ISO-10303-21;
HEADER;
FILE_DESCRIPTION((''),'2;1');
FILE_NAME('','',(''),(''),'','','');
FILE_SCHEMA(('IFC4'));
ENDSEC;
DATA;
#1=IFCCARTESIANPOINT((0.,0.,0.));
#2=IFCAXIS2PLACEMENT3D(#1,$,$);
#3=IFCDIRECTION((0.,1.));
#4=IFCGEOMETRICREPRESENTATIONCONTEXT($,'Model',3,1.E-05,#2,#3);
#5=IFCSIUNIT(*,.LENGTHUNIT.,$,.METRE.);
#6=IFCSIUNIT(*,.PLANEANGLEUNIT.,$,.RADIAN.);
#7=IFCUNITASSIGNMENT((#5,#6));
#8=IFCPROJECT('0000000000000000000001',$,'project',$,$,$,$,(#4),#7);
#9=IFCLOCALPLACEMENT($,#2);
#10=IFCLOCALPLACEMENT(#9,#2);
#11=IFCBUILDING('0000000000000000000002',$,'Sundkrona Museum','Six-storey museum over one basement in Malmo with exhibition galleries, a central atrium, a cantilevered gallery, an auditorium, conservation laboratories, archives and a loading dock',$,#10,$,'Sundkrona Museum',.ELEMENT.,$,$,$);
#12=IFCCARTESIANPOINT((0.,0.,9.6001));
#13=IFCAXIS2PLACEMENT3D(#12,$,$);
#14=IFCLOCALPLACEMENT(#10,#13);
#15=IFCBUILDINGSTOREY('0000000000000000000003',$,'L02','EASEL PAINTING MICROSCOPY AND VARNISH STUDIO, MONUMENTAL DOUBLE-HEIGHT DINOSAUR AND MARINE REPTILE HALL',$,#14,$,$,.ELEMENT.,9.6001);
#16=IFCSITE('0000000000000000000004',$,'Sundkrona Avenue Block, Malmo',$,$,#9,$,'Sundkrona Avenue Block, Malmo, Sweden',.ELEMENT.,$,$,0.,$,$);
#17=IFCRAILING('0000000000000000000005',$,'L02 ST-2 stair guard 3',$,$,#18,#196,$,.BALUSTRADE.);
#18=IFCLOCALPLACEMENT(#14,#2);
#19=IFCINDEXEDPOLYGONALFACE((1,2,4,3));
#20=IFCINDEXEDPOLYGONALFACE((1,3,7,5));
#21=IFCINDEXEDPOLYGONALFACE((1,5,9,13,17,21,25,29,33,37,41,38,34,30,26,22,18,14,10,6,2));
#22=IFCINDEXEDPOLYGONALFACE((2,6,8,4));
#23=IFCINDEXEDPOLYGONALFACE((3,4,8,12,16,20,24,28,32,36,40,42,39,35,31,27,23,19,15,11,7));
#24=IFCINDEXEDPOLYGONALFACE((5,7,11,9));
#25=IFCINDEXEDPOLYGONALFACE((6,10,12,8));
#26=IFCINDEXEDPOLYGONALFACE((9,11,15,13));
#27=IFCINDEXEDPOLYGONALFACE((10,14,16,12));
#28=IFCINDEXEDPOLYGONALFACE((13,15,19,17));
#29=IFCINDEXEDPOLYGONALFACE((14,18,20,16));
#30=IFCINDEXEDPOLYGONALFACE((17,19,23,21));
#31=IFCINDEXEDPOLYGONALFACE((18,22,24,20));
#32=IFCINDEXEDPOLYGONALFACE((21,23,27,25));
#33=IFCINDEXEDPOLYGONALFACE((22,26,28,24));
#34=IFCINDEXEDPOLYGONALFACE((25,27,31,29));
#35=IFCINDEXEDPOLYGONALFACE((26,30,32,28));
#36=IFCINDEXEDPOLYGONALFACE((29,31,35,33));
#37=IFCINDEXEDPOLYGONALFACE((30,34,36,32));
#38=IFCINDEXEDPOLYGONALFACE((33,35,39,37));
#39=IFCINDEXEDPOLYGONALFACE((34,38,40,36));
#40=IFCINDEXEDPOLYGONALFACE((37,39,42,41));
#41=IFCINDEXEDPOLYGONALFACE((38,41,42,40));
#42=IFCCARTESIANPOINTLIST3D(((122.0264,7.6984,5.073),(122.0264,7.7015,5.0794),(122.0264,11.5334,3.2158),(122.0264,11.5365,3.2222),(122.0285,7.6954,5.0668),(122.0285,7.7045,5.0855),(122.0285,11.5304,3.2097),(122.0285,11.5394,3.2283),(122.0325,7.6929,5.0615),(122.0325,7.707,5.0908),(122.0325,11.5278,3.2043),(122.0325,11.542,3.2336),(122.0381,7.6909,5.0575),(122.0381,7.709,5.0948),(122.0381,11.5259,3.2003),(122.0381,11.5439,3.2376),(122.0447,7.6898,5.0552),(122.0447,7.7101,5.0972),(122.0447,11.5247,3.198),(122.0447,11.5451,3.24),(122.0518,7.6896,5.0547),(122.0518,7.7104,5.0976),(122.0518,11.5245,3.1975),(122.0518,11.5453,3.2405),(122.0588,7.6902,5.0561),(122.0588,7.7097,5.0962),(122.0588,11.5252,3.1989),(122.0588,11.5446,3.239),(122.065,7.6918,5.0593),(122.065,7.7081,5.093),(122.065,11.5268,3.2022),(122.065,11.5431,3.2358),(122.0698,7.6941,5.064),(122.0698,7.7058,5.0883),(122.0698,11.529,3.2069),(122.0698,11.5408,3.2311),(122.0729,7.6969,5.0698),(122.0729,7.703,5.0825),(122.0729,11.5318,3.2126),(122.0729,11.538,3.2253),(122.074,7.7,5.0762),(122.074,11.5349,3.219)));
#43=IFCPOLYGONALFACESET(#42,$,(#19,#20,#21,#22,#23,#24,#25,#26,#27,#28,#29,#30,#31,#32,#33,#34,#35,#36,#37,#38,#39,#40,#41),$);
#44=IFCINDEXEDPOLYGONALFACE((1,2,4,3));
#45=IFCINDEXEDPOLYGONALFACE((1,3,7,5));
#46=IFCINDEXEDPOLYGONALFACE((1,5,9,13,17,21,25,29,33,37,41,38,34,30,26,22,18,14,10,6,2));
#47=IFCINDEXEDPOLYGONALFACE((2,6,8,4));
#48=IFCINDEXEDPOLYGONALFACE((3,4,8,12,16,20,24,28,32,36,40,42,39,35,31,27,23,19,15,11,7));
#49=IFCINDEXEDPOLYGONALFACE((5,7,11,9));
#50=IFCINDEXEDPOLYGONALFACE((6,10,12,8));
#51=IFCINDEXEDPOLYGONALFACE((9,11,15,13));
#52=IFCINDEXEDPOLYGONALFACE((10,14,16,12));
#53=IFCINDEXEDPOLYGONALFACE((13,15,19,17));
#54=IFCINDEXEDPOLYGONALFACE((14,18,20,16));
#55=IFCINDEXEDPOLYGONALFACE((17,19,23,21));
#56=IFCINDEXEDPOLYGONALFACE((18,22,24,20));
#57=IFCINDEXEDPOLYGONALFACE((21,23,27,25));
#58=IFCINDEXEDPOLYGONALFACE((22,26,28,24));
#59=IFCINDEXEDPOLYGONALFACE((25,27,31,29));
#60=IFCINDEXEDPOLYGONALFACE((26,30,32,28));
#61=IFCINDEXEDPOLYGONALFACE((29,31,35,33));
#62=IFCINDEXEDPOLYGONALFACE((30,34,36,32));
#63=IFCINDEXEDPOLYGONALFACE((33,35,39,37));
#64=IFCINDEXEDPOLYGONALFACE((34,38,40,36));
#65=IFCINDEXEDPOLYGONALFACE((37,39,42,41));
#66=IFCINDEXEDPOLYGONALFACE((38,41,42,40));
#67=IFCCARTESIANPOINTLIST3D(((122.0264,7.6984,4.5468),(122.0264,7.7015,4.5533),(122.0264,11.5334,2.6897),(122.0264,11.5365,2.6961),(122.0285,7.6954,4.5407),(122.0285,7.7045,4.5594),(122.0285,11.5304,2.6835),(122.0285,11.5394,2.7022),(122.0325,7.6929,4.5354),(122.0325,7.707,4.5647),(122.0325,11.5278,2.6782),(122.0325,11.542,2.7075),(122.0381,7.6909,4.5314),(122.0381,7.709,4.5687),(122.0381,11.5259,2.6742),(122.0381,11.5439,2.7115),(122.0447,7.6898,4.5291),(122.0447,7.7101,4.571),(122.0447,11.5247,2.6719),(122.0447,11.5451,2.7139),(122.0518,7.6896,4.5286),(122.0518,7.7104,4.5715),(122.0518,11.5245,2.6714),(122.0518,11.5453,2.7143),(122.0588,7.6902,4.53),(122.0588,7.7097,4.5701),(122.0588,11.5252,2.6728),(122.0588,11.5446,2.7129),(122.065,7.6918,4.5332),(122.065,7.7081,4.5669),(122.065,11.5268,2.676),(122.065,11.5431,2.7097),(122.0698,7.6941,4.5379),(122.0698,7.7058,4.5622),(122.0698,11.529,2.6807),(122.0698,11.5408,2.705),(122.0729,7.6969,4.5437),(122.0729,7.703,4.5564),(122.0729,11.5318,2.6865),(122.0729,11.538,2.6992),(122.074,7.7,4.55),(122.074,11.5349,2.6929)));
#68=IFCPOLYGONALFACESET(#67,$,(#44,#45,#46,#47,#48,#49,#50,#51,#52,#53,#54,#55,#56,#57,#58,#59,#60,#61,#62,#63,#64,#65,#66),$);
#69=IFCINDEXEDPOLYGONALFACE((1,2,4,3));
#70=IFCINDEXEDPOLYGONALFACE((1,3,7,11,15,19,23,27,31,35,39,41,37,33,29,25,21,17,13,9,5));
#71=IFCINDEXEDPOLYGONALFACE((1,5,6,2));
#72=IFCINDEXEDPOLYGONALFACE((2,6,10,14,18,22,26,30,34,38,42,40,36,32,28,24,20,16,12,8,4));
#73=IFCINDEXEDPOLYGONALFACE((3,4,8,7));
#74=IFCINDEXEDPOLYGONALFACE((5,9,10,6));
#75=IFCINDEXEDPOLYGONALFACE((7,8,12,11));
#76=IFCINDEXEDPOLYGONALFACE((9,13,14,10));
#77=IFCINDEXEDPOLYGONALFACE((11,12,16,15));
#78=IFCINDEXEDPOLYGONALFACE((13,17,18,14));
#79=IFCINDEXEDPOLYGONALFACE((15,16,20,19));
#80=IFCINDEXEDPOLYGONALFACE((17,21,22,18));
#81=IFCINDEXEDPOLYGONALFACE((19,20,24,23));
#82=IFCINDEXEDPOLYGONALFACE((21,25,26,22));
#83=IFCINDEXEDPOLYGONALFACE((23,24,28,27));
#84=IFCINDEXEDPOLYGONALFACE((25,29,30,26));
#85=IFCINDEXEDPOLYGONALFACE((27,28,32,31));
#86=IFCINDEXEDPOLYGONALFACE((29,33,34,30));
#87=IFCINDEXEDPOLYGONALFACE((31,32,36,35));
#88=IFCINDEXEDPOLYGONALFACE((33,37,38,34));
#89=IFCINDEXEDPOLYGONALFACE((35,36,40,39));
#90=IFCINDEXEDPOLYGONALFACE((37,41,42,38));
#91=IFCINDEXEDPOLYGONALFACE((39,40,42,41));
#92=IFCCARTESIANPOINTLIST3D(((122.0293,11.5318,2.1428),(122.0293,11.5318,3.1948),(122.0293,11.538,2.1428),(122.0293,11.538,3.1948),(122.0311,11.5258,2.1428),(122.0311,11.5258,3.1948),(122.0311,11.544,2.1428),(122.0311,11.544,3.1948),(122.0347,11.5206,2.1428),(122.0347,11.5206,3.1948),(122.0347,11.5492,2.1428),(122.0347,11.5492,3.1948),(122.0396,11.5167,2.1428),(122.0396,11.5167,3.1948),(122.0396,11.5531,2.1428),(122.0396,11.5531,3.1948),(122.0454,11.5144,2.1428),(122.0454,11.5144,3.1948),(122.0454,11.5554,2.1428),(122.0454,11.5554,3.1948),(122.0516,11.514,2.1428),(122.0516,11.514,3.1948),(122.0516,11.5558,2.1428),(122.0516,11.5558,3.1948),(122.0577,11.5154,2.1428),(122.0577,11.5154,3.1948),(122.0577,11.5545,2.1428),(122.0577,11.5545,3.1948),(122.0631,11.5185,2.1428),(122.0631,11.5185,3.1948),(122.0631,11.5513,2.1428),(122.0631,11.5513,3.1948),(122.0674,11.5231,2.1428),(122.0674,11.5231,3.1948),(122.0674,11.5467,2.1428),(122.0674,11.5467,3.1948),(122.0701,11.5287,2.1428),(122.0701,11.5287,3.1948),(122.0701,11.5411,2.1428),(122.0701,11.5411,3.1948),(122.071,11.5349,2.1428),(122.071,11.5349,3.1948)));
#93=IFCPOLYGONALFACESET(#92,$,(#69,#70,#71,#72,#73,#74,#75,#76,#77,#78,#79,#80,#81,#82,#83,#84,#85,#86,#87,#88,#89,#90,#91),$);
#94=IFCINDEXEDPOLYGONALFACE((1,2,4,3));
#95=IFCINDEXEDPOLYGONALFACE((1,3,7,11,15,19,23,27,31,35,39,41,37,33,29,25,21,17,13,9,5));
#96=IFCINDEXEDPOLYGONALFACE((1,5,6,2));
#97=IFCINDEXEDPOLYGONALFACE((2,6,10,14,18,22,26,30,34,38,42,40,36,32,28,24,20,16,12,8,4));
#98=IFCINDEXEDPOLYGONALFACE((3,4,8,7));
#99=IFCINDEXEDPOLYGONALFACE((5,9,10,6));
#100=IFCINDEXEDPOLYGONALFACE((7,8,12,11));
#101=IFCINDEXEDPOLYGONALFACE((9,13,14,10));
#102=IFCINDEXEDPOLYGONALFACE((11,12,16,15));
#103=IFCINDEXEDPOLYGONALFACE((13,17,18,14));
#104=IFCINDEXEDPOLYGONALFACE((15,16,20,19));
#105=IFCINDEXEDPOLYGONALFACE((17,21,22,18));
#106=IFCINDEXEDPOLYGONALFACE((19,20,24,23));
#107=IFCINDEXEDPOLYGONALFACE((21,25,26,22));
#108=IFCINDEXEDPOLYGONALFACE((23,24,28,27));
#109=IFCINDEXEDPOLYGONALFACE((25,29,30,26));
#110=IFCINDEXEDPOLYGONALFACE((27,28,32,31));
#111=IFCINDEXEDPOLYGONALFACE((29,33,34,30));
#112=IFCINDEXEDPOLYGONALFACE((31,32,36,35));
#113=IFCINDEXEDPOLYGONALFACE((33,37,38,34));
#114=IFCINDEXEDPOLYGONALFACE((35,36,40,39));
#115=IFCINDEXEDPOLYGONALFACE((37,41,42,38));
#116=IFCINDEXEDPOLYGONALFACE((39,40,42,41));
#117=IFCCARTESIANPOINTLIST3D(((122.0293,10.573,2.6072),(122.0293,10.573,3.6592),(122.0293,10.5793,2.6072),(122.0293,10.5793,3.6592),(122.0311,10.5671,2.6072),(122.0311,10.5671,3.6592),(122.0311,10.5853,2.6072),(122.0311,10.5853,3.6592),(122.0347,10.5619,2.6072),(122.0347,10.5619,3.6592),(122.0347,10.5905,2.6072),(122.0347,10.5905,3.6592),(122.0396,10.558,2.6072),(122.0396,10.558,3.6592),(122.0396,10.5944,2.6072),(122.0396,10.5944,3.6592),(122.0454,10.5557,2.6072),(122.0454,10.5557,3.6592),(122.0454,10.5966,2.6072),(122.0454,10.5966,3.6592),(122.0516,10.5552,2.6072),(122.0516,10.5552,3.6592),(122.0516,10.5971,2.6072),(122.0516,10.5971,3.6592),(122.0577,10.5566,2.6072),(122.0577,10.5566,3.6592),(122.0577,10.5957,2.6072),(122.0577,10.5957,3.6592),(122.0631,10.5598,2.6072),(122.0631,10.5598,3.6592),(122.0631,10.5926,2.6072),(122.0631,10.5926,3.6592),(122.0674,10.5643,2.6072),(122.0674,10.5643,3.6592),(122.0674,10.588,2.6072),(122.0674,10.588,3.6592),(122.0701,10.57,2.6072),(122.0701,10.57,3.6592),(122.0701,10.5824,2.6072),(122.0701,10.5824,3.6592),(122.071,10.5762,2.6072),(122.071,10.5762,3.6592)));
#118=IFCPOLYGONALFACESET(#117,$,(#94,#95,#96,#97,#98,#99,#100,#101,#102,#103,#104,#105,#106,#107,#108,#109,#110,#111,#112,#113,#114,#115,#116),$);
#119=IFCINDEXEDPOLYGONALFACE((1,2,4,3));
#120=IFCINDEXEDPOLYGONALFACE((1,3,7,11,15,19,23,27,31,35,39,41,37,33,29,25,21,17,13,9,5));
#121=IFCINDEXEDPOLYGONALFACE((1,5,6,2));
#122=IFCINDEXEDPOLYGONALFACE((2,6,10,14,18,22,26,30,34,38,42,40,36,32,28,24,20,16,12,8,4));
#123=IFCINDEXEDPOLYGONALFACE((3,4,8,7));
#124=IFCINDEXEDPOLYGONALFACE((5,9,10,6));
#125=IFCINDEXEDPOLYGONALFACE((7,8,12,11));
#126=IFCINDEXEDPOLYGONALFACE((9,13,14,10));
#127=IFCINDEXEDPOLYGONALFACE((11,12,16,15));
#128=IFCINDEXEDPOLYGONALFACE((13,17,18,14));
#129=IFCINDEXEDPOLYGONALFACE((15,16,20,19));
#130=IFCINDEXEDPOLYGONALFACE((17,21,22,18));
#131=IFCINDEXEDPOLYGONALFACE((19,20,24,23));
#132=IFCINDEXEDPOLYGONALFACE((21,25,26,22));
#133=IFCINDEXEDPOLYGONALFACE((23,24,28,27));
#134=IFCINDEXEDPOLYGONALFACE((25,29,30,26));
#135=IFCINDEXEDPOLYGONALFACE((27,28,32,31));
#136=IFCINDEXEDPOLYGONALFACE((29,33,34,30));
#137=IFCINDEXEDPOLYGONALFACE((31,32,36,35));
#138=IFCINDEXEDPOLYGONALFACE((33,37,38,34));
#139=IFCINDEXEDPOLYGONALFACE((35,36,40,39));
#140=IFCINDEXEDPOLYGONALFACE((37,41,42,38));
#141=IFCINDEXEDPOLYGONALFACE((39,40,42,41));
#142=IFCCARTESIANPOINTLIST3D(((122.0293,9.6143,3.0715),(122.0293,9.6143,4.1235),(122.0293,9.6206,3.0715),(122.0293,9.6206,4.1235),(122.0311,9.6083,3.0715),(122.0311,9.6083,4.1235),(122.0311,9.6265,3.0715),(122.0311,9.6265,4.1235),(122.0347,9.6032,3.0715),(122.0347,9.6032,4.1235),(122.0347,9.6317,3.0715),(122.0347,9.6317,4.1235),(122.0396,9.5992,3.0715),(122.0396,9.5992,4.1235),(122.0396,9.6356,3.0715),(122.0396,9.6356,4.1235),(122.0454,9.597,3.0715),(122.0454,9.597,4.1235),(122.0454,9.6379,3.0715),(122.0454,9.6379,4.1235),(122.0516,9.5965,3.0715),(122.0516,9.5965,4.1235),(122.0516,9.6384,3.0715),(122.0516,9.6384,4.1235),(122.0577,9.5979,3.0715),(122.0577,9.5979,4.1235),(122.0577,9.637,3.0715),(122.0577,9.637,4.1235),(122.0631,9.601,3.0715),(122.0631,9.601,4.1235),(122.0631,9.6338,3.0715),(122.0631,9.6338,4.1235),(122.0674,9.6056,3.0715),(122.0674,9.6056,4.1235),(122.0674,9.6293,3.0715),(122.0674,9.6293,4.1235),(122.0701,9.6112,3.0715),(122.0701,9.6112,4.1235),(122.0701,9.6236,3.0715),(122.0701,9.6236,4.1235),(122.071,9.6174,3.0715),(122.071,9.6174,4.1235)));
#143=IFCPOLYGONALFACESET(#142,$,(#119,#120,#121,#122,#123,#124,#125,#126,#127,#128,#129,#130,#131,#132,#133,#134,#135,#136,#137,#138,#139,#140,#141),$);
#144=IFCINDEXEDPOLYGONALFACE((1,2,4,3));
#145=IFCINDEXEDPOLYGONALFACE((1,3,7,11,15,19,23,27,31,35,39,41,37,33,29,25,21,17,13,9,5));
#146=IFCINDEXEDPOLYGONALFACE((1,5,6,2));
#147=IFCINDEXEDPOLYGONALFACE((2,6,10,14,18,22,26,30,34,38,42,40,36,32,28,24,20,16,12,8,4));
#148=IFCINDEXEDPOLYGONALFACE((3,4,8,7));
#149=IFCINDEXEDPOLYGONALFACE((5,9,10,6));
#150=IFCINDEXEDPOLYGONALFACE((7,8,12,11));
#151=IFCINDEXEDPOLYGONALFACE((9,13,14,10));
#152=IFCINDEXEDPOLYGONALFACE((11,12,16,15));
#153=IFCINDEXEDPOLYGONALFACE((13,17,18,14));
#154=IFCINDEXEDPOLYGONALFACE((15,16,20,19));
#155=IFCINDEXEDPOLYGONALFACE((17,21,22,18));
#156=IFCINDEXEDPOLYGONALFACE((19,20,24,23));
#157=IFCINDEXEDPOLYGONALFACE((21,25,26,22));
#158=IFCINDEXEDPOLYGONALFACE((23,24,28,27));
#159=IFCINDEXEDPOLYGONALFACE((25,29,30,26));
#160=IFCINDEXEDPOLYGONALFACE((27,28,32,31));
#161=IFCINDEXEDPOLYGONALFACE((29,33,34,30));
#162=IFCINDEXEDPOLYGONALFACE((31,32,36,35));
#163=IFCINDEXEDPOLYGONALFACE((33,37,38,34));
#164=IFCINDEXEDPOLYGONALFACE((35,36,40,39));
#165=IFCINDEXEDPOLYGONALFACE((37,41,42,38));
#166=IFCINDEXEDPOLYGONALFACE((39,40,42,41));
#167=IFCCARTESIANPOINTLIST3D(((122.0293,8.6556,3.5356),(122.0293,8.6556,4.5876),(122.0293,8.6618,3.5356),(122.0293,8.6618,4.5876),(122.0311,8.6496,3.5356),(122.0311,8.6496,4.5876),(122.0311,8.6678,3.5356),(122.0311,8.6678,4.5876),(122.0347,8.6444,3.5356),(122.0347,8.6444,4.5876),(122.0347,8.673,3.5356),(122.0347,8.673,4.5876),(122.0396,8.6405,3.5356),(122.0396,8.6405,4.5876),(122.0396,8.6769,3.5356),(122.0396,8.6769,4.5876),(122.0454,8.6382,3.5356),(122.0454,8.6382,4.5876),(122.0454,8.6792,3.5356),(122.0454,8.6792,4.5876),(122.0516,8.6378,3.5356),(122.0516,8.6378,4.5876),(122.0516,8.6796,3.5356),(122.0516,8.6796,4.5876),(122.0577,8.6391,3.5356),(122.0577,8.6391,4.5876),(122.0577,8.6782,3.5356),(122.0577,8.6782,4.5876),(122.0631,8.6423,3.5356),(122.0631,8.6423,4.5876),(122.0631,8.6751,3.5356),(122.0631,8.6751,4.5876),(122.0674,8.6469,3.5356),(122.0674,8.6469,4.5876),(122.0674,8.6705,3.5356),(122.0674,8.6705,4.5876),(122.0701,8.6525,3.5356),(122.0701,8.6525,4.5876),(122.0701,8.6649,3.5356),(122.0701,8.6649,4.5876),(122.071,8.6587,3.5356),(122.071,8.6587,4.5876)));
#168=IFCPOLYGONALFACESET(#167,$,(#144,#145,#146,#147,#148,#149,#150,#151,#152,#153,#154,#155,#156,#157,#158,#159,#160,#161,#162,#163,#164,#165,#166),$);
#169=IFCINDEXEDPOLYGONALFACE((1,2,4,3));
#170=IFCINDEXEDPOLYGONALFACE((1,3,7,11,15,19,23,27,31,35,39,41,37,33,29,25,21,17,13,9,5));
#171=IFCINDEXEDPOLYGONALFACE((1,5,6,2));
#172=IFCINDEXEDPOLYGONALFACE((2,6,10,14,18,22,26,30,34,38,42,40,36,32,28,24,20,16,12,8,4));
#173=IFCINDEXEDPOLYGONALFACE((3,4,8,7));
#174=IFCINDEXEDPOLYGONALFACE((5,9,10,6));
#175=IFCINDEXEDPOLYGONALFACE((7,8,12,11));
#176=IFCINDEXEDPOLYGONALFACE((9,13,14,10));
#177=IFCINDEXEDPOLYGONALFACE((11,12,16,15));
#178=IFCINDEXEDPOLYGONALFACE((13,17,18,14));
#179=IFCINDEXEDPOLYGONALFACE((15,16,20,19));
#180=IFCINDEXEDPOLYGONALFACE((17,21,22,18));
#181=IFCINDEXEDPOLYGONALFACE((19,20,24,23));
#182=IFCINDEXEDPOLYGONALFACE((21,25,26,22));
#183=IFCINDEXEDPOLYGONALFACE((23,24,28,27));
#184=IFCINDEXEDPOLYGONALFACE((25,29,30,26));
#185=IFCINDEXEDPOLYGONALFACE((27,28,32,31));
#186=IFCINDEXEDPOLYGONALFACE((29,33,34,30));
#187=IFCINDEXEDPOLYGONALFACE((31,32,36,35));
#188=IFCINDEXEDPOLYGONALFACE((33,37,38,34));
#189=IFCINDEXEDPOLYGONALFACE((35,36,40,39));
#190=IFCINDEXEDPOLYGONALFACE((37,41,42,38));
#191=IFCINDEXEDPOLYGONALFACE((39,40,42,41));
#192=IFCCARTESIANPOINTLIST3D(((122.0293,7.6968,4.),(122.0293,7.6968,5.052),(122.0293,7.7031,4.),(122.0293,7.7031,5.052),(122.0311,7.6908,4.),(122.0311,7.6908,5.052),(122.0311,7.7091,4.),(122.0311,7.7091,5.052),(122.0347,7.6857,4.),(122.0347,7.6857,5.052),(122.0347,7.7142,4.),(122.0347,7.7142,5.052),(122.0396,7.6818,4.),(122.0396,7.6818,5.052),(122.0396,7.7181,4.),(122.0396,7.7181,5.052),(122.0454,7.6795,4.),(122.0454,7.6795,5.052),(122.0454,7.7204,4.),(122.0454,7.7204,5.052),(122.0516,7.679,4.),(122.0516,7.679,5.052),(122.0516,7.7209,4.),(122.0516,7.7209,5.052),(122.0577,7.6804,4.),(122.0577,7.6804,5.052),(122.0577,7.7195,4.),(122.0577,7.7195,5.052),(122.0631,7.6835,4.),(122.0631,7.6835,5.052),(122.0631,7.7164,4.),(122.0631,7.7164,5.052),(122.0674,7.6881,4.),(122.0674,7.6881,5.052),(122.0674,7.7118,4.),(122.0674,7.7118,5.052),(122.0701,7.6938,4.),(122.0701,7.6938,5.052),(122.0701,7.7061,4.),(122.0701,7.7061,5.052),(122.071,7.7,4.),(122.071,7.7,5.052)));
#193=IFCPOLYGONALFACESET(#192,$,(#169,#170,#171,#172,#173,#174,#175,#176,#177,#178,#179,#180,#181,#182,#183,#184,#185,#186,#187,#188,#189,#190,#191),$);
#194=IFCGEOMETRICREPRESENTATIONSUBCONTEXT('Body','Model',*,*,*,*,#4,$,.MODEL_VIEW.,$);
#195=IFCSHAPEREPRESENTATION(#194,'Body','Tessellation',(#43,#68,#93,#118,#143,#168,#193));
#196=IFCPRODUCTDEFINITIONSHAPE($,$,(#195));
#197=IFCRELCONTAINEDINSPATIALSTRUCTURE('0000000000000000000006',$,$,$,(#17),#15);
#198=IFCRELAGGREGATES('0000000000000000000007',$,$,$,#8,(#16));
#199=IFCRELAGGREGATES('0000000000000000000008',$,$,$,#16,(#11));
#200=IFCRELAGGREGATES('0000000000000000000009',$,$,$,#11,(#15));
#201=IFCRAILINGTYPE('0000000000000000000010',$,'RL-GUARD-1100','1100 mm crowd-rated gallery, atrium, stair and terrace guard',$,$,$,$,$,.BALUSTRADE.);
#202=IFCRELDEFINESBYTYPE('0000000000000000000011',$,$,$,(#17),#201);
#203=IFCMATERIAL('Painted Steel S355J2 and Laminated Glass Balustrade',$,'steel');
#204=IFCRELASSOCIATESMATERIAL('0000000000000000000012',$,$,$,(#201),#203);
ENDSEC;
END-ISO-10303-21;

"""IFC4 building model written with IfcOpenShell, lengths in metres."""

from ifc_helpers import new_model, si_unit, direction, frame, origin, origin_2d, place, context, subcontext, project, spatial, circle, extrude, material, type_object, element, save


model = new_model("IFC4")

# Units and contexts
model_context = context("Model", 3, precision=1e-05, world=origin(), true_north=direction((0.0, 1.0)))
body_context = subcontext(model_context, "Body", "Model", "MODEL_VIEW")
ifc_project = project(units=[si_unit("LENGTHUNIT", "METRE"), si_unit("PLANEANGLEUNIT", "RADIAN")], contexts=[model_context])

# Site, building, storey
site_placement = place(None, origin())
site = spatial("IfcSite", under=ifc_project, at=site_placement, Name="Sundkrona Avenue Block, Malmo", LongName="Sundkrona Avenue Block, Malmo, Sweden", CompositionType="ELEMENT", RefElevation=0.0)
building_placement = place(site_placement, origin())
building = spatial("IfcBuilding", under=site, at=building_placement, Name="Sundkrona Museum", Description="Six-storey museum over one basement in Malmo with exhibition galleries, a central atrium, a cantilevered gallery, an auditorium, conservation laboratories, archives and a loading dock", LongName="Sundkrona Museum", CompositionType="ELEMENT")
storey_placement = place(building_placement, frame((0.0, 0.0, 9.6001)))
storey = spatial("IfcBuildingStorey", under=building, at=storey_placement, Name="L02", Description="EASEL PAINTING MICROSCOPY AND VARNISH STUDIO, MONUMENTAL DOUBLE-HEIGHT DINOSAUR AND MARINE REPTILE HALL", CompositionType="ELEMENT", Elevation=9.6001)

# Railing
ifc_material_1 = material(Name="Painted Steel S355J2 and Laminated Glass Balustrade", Category="steel")
railing_type_1 = type_object("IfcRailingType", Name="RL-GUARD-1100", Description="1100 mm crowd-rated gallery, atrium, stair and terrace guard", PredefinedType="BALUSTRADE", material=ifc_material_1)
railing_1_placement = place(storey_placement, frame((122.05, 11.5349, 2.1428)))
element("IfcRailing", 1, at=railing_1_placement, inside=storey, type_object=railing_type_1, Name="L02 ST-2 stair guard 3", PredefinedType="BALUSTRADE", context=body_context, shape_type="SweptSolid", body=[
    extrude(circle(Radius=0.0239, at=origin_2d()), frame((0.0, 0.0, 1.0762), z_axis=(0.0, -0.900016, 0.435856), x_axis=(1.0, 0.0, 0.0)), (0.0, 0.0, 1.0), 4.261),
    extrude(circle(Radius=0.0239, at=origin_2d()), frame((0.0, 0.0, 0.55), z_axis=(0.0, -0.900016, 0.435856), x_axis=(1.0, 0.0, 0.0)), (0.0, 0.0, 1.0), 4.261),
    extrude(circle(Radius=0.021, at=origin_2d()), origin(), (0.0, 0.0, 1.0), 1.052),
    extrude(circle(Radius=0.021, at=origin_2d()), frame((0.0, -0.9587, 0.4644)), (0.0, 0.0, 1.0), 1.052),
    extrude(circle(Radius=0.021, at=origin_2d()), frame((0.0, -1.9175, 0.9287)), (0.0, 0.0, 1.0), 1.052),
    extrude(circle(Radius=0.021, at=origin_2d()), frame((0.0, -2.8762, 1.3928)), (0.0, 0.0, 1.0), 1.052),
    extrude(circle(Radius=0.021, at=origin_2d()), frame((0.0, -3.835, 1.8572)), (0.0, 0.0, 1.0), 1.052),
])

save(model, "model.ifc")
